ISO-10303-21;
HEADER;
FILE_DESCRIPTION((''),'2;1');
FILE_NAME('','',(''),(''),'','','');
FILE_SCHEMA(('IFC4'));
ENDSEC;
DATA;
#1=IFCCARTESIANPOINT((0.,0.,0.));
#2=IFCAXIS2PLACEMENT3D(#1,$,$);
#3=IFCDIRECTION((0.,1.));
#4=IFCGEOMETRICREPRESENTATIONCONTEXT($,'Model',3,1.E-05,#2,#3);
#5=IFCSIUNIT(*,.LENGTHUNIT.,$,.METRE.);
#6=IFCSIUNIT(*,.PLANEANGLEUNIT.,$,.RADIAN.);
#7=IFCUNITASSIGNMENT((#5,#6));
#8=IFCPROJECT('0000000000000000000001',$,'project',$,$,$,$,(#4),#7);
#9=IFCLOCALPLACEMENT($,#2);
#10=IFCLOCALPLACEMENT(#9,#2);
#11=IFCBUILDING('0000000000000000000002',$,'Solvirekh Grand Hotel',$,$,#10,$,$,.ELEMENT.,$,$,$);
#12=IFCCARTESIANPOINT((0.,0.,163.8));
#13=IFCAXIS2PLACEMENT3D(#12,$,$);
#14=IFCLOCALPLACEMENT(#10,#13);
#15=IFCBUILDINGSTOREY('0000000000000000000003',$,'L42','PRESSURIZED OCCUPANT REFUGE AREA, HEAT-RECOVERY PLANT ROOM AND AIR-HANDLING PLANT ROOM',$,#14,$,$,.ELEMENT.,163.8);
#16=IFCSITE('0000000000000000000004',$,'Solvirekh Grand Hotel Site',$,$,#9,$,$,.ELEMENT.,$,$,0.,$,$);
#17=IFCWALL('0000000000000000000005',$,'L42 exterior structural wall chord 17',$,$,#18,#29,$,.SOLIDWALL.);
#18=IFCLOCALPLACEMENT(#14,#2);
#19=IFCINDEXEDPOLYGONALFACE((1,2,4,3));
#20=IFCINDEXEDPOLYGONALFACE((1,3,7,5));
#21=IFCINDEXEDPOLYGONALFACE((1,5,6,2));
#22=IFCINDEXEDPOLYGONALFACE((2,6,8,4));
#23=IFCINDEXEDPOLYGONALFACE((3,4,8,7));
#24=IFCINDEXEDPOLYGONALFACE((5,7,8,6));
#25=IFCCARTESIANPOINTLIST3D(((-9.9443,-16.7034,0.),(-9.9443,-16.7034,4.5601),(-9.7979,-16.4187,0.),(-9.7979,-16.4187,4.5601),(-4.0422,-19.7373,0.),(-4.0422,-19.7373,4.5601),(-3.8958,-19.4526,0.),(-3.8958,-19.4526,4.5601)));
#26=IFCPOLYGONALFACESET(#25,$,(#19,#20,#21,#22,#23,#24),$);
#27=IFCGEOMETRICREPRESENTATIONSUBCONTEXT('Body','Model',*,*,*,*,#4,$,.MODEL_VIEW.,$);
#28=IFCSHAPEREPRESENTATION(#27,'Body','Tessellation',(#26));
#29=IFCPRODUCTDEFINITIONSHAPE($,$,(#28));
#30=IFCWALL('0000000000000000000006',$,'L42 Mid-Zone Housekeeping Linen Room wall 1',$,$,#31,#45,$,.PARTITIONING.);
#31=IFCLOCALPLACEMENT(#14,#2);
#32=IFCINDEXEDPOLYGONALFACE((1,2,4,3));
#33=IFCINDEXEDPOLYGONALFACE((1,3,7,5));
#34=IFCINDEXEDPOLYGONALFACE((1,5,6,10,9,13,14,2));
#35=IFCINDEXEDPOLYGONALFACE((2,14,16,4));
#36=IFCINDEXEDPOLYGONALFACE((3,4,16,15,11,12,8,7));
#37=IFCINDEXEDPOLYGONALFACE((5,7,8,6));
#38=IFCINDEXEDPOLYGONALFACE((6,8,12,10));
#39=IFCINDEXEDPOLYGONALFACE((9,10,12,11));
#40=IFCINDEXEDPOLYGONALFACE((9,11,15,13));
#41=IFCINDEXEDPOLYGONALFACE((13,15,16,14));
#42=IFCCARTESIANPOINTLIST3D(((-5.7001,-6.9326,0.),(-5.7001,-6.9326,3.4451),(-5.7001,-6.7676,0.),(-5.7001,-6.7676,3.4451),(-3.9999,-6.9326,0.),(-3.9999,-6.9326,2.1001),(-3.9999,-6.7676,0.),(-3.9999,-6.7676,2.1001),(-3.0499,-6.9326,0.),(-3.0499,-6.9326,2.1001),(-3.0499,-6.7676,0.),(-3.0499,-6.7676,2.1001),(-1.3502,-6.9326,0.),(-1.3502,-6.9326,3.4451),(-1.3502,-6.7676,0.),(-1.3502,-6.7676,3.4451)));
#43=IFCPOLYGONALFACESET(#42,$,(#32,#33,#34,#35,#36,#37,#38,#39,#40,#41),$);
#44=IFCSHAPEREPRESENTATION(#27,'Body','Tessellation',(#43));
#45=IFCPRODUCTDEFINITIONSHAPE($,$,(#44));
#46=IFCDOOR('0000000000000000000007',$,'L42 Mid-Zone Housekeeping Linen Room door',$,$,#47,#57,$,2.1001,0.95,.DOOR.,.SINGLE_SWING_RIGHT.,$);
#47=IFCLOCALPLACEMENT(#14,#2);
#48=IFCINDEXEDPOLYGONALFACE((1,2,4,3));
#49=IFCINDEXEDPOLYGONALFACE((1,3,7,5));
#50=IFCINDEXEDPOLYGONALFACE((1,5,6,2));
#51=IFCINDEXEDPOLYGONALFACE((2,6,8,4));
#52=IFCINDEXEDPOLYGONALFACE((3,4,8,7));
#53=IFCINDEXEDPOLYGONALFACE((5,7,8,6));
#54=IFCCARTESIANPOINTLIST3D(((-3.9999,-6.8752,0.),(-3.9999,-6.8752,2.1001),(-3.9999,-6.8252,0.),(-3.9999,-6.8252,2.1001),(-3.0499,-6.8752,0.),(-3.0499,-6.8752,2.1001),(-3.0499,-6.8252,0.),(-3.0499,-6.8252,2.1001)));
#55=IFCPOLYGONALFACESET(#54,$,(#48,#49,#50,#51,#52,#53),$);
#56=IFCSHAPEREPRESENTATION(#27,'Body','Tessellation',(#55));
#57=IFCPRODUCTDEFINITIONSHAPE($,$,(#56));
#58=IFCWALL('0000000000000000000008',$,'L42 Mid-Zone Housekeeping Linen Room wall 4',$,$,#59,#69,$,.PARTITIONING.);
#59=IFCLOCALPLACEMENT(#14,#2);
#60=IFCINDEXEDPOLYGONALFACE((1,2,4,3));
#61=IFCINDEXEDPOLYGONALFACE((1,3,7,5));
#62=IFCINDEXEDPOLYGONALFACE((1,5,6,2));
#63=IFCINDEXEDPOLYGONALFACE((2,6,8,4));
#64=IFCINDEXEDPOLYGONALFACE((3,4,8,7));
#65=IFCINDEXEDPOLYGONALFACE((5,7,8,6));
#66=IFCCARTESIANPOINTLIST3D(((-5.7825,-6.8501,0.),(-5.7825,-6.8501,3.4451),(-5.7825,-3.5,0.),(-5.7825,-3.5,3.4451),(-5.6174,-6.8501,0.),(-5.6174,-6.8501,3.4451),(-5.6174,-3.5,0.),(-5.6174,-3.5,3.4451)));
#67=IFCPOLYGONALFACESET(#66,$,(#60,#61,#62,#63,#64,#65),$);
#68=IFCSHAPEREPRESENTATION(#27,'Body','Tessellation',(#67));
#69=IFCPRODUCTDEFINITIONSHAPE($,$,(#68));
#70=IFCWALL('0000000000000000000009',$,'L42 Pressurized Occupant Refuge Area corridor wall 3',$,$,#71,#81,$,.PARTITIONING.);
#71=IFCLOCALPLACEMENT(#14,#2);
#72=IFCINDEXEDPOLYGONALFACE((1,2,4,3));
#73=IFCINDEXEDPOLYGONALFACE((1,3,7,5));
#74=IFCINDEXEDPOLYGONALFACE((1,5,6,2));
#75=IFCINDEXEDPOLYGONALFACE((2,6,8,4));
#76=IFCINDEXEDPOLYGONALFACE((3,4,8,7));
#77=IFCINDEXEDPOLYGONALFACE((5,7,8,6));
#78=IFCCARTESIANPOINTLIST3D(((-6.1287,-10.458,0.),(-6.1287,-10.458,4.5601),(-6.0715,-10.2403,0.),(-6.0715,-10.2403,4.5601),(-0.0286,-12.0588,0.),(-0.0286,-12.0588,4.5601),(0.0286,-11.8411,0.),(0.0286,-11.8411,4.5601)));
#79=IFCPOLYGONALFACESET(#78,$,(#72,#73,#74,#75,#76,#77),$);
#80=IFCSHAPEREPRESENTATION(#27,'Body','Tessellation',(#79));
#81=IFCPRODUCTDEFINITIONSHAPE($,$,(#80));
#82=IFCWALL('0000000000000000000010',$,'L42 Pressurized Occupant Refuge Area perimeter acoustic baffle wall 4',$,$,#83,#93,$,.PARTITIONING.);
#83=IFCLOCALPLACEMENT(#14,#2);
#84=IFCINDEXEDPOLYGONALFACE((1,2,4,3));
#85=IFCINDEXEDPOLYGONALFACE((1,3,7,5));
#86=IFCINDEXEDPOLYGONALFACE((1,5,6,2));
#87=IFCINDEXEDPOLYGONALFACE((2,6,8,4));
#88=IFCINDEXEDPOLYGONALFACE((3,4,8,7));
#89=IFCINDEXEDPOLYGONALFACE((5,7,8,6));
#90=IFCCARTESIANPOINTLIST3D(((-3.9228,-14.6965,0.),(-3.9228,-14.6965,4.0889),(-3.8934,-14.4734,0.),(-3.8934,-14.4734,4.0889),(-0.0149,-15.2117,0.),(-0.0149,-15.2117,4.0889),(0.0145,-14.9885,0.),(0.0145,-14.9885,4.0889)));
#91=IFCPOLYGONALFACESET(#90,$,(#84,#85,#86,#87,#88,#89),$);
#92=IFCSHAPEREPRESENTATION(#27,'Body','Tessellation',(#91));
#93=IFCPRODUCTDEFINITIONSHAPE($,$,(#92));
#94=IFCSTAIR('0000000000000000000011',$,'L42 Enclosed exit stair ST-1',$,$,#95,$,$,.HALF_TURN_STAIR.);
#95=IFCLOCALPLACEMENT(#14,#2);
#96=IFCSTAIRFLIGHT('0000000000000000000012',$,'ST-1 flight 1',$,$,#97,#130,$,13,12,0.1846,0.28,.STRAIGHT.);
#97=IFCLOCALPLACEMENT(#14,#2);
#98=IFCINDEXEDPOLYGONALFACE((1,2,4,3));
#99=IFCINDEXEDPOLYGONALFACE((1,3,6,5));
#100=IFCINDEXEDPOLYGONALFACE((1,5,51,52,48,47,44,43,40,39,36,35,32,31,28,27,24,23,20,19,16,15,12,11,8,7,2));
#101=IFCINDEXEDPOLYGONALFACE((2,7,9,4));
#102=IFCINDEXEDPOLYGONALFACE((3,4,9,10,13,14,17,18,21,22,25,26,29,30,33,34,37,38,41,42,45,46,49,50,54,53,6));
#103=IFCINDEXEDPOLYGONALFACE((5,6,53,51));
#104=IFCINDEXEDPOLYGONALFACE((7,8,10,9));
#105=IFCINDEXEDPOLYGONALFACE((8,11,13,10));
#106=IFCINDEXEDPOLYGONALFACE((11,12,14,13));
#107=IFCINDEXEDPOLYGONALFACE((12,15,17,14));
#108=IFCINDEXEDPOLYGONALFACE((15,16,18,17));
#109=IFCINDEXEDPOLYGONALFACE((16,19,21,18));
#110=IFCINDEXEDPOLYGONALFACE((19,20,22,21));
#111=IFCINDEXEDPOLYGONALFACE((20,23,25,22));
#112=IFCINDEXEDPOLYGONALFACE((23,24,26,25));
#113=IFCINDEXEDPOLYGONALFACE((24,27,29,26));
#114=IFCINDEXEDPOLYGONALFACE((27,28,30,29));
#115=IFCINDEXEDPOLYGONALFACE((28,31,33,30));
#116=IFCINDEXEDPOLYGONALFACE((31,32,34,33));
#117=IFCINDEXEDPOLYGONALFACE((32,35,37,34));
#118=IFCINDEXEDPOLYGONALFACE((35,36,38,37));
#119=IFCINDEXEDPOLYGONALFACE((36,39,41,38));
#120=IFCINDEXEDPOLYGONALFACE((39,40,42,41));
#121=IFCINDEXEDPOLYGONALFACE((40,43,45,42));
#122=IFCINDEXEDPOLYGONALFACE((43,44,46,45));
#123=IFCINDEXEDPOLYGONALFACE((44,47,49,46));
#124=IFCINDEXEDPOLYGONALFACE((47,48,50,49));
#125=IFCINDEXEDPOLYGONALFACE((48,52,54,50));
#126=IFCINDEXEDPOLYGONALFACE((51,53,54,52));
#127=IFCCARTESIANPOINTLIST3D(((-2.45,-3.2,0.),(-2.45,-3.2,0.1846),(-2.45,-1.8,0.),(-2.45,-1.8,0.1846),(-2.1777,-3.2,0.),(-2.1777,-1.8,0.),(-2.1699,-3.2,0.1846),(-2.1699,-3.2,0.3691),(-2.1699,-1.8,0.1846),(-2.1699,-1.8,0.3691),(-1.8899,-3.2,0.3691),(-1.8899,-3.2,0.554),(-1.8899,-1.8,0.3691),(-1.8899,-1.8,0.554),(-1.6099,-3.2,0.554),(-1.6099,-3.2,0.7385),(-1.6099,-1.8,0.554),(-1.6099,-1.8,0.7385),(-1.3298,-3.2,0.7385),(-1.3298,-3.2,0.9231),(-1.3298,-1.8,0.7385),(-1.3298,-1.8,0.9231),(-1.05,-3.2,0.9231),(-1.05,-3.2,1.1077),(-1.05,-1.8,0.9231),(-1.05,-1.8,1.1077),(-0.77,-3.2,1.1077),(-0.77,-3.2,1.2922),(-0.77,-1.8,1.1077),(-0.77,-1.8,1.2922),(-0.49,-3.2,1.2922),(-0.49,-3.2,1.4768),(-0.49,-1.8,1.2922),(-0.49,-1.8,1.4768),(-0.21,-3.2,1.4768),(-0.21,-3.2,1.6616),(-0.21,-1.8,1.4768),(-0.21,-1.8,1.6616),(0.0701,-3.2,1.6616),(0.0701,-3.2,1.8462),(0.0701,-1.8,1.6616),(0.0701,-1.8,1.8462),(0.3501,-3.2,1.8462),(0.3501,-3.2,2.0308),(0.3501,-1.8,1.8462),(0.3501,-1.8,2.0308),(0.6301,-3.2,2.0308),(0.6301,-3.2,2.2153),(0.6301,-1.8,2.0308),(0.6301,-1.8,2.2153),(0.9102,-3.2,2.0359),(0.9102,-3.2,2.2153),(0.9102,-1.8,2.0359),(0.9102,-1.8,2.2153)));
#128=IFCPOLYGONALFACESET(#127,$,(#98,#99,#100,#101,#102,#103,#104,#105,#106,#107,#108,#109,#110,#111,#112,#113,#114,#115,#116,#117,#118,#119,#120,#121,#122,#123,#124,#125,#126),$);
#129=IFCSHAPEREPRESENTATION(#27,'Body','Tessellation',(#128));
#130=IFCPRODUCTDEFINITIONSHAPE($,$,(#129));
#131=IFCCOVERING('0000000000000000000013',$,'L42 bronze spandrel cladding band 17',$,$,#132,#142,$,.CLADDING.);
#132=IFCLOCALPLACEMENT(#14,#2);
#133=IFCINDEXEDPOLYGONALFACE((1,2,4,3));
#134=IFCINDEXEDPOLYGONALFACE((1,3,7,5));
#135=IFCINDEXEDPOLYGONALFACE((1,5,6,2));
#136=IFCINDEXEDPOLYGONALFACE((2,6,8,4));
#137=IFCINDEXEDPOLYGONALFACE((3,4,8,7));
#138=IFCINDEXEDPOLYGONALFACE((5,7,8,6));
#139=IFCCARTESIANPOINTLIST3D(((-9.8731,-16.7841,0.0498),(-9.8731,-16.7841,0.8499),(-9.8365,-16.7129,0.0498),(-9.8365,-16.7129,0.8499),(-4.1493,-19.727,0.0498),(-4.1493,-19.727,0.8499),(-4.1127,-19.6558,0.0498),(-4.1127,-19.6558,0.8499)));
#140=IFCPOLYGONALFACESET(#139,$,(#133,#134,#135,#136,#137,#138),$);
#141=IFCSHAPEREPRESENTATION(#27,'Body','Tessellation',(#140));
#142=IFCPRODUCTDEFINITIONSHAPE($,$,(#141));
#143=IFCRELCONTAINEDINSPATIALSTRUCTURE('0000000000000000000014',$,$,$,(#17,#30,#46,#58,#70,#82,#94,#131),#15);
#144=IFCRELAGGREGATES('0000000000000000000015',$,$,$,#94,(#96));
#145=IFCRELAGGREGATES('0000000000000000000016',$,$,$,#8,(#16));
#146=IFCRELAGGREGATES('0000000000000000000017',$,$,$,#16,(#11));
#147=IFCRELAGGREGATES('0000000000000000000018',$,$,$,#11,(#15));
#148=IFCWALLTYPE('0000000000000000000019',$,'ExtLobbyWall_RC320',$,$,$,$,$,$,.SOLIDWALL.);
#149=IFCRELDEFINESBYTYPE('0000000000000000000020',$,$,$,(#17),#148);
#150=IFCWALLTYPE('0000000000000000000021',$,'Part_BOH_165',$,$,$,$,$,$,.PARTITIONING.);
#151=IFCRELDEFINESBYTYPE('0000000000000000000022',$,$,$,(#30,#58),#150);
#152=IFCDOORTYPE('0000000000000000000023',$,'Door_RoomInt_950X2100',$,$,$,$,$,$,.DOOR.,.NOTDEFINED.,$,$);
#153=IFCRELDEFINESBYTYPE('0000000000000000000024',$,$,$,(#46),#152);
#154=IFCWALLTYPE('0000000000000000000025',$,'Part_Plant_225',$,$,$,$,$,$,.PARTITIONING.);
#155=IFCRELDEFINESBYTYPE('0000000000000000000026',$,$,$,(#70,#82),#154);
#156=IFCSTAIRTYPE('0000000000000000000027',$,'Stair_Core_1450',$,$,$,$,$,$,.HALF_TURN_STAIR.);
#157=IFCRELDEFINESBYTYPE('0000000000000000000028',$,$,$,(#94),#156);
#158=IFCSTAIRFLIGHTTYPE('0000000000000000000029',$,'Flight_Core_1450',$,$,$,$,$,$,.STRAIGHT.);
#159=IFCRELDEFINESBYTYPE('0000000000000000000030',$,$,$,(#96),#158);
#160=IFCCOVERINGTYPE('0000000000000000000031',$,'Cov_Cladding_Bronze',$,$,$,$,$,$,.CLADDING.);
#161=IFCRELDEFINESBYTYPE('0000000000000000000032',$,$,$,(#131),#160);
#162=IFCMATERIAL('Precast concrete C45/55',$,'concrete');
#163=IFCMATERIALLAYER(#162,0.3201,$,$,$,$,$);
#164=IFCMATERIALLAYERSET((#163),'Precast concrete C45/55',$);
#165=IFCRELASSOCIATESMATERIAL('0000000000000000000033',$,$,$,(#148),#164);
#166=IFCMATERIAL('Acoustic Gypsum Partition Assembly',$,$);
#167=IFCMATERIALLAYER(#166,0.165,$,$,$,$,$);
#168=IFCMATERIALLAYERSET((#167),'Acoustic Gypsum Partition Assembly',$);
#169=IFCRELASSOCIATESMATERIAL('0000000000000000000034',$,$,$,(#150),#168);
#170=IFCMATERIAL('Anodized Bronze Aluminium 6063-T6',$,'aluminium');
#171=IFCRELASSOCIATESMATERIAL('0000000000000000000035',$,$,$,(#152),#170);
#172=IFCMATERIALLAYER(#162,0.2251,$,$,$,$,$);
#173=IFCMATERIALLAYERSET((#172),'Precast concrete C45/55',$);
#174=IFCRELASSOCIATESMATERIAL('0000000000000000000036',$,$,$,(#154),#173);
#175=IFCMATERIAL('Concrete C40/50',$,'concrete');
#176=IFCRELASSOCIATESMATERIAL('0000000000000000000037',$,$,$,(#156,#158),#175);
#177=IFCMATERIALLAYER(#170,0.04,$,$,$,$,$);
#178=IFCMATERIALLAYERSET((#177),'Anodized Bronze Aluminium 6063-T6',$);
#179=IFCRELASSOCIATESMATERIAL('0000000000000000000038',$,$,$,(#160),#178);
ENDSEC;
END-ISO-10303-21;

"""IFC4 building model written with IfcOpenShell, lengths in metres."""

from ifc_helpers import new_model, si_unit, direction, frame, frame_2d, origin, origin_2d, place, context, subcontext, project, spatial, polyline, rectangle, outline, extrude, material, layer, layer_set, type_object, element, fill, aggregate, save


model = new_model("IFC4")

# Units and contexts
model_context = context("Model", 3, precision=1e-05, world=origin(), true_north=direction((0.0, 1.0)))
body_context = subcontext(model_context, "Body", "Model", "MODEL_VIEW")
ifc_project = project(units=[si_unit("LENGTHUNIT", "METRE"), si_unit("PLANEANGLEUNIT", "RADIAN")], contexts=[model_context])

# Site, building, storey
site_placement = place(None, origin())
site = spatial("IfcSite", under=ifc_project, at=site_placement, Name="Solvirekh Grand Hotel Site", CompositionType="ELEMENT", RefElevation=0.0)
building_placement = place(site_placement, origin())
building = spatial("IfcBuilding", under=site, at=building_placement, Name="Solvirekh Grand Hotel", CompositionType="ELEMENT")
storey_placement = place(building_placement, frame((0.0, 0.0, 163.8)))
storey = spatial("IfcBuildingStorey", under=building, at=storey_placement, Name="L42", Description="PRESSURIZED OCCUPANT REFUGE AREA, HEAT-RECOVERY PLANT ROOM AND AIR-HANDLING PLANT ROOM", CompositionType="ELEMENT", Elevation=163.8)

# Shared definitions
ifc_material_1 = material(Name="Concrete C40/50", Category="concrete")

# Wall
ifc_material_2 = material(Name="Precast concrete C45/55", Category="concrete")
ifc_layer_1 = layer(ifc_material_2, 0.3201)
ifc_layer_set_1 = layer_set([ifc_layer_1], Name="Precast concrete C45/55")
wall_type_1 = type_object("IfcWallType", Name="ExtLobbyWall_RC320", PredefinedType="SOLIDWALL", material=ifc_layer_set_1)
wall_1_placement = place(storey_placement, frame((-3.969, -19.595, 0.0), z_axis=(0.0, 0.0, 1.0), x_axis=(-0.889375, 0.457178, 0.0)))
element("IfcWall", 1, at=wall_1_placement, inside=storey, type_object=wall_type_1, Name="L42 exterior structural wall chord 17", PredefinedType="SOLIDWALL", context=body_context, shape_type="SweptSolid", body=[
    extrude(rectangle(XDim=6.6362, YDim=0.3201, at=frame_2d((3.3181, 0.0))), origin(), (0.0, 0.0, 1.0), 4.5601),
])

# Wall, opening, door
ifc_material_3 = material(Name="Acoustic Gypsum Partition Assembly")
ifc_layer_2 = layer(ifc_material_3, 0.165)
ifc_layer_set_2 = layer_set([ifc_layer_2], Name="Acoustic Gypsum Partition Assembly")
wall_type_2 = type_object("IfcWallType", Name="Part_BOH_165", PredefinedType="PARTITIONING", material=ifc_layer_set_2)
wall_2_placement = place(storey_placement, frame((-5.7, -6.8501, 0.0), z_axis=(0.0, 0.0, 1.0), x_axis=(1.0, 0.0, 0.0)))
wall_2 = element("IfcWall", 2, at=wall_2_placement, inside=storey, type_object=wall_type_2, Name="L42 Mid-Zone Housekeeping Linen Room wall 1", PredefinedType="PARTITIONING", context=body_context, shape_type="SweptSolid", body=[
    extrude(rectangle(XDim=4.3499, YDim=0.165, at=frame_2d((2.1748, 0.0))), origin(), (0.0, 0.0, 1.0), 3.4451),
])
opening_1_placement = place(wall_2_placement, frame((1.7, 0.0, 0.0)))
opening_1 = element("IfcOpeningElement", 3, at=opening_1_placement, cuts=wall_2, PredefinedType="OPENING", context=body_context, shape_type="SweptSolid", body=[
    extrude(rectangle(XDim=0.95, YDim=2.1001, at=frame_2d((0.4751, 1.05))), frame((0.0, 0.0925, 0.0), z_axis=(0.0, -1.0, 0.0), x_axis=(1.0, 0.0, 0.0)), (0.0, 0.0, 1.0), 0.1851),
])
ifc_material_4 = material(Name="Anodized Bronze Aluminium 6063-T6", Category="aluminium")
door_type_1 = type_object("IfcDoorType", Name="Door_RoomInt_950X2100", OperationType="NOTDEFINED", PredefinedType="DOOR", material=ifc_material_4)
door_1_placement = place(opening_1_placement, origin())
door_1 = element("IfcDoor", 4, at=door_1_placement, inside=storey, type_object=door_type_1, Name="L42 Mid-Zone Housekeeping Linen Room door", OperationType="SINGLE_SWING_RIGHT", OverallHeight=2.1001, OverallWidth=0.95, PredefinedType="DOOR", context=body_context, shape_type="SweptSolid", body=[
    extrude(rectangle(XDim=0.95, YDim=2.1001, at=frame_2d((0.4751, 1.05))), frame((0.0, 0.0249, 0.0), z_axis=(0.0, -1.0, 0.0), x_axis=(1.0, 0.0, 0.0)), (0.0, 0.0, 1.0), 0.05),
])
fill(opening_1, door_1)

# Walls
wall_3_placement = place(storey_placement, frame((-5.7, -3.5, 0.0), z_axis=(0.0, 0.0, 1.0), x_axis=(0.0, -1.0, 0.0)))
element("IfcWall", 5, at=wall_3_placement, inside=storey, type_object=wall_type_2, Name="L42 Mid-Zone Housekeeping Linen Room wall 4", PredefinedType="PARTITIONING", context=body_context, shape_type="SweptSolid", body=[
    extrude(rectangle(XDim=3.3501, YDim=0.165, at=frame_2d((1.675, 0.0))), origin(), (0.0, 0.0, 1.0), 3.4451),
])
ifc_layer_3 = layer(ifc_material_2, 0.2251)
ifc_layer_set_3 = layer_set([ifc_layer_3], Name="Precast concrete C45/55")
wall_type_3 = type_object("IfcWallType", Name="Part_Plant_225", PredefinedType="PARTITIONING", material=ifc_layer_set_3)
wall_4_placement = place(storey_placement, frame((-6.1001, -10.3491, 0.0), z_axis=(0.0, 0.0, 1.0), x_axis=(0.967248, -0.253832, 0.0)))
element("IfcWall", 6, at=wall_4_placement, inside=storey, type_object=wall_type_3, Name="L42 Pressurized Occupant Refuge Area corridor wall 3", PredefinedType="PARTITIONING", context=body_context, shape_type="SweptSolid", body=[
    extrude(rectangle(XDim=6.3066, YDim=0.2251, at=frame_2d((3.1533, 0.0))), origin(), (0.0, 0.0, 1.0), 4.5601),
])
wall_5_placement = place(storey_placement, frame((-3.908, -14.585, 0.0), z_axis=(0.0, 0.0, 1.0), x_axis=(0.991424, -0.130687, 0.0)))
element("IfcWall", 7, at=wall_5_placement, inside=storey, type_object=wall_type_3, Name="L42 Pressurized Occupant Refuge Area perimeter acoustic baffle wall 4", PredefinedType="PARTITIONING", context=body_context, shape_type="SweptSolid", body=[
    extrude(rectangle(XDim=3.9417, YDim=0.2251, at=frame_2d((1.9707, 0.0))), origin(), (0.0, 0.0, 1.0), 4.0889),
])

# Stair, stair flight
stair_type = type_object("IfcStairType", Name="Stair_Core_1450", PredefinedType="HALF_TURN_STAIR", material=ifc_material_1)
stair_placement = place(storey_placement, origin())
stair = element("IfcStair", 8, at=stair_placement, inside=storey, type_object=stair_type, Name="L42 Enclosed exit stair ST-1", PredefinedType="HALF_TURN_STAIR")
stair_flight_type = type_object("IfcStairFlightType", Name="Flight_Core_1450", PredefinedType="STRAIGHT", material=ifc_material_1)
stair_flight_placement = place(storey_placement, frame((-2.45, -2.5, 0.0), z_axis=(0.0, 0.0, 1.0), x_axis=(1.0, 0.0, 0.0)))
stair_flight = element("IfcStairFlight", 9, at=stair_flight_placement, type_object=stair_flight_type, Name="ST-1 flight 1", NumberOfRisers=13, NumberOfTreads=12, PredefinedType="STRAIGHT", RiserHeight=0.1846, TreadLength=0.28, context=body_context, shape_type="SweptSolid", body=[
    extrude(outline(polyline([(0.0, 0.0), (0.0, 0.1846), (0.28, 0.1846), (0.28, 0.3691), (0.5601, 0.3691), (0.5601, 0.554), (0.8401, 0.554), (0.8401, 0.7385), (1.1201, 0.7385), (1.1201, 0.9231), (1.3999, 0.9231), (1.3999, 1.1077), (1.6799, 1.1077), (1.6799, 1.2922), (1.96, 1.2922), (1.96, 1.4768), (2.24, 1.4768), (2.24, 1.6616), (2.52, 1.6616), (2.52, 1.8462), (2.8, 1.8462), (2.8, 2.0308), (3.0801, 2.0308), (3.0801, 2.2153), (3.3601, 2.2153), (3.3601, 2.3999), (3.3601, 2.0359), (0.2722, 0.0), (0.0, 0.0)])), frame((0.0, 0.7, 0.0), z_axis=(0.0, -1.0, 0.0), x_axis=(1.0, 0.0, 0.0)), (0.0, 0.0, 1.0), 1.3999),
])
aggregate(stair, [stair_flight])

# Covering
ifc_layer_4 = layer(ifc_material_4, 0.04)
ifc_layer_set_4 = layer_set([ifc_layer_4], Name="Anodized Bronze Aluminium 6063-T6")
covering_type = type_object("IfcCoveringType", Name="Cov_Cladding_Bronze", PredefinedType="CLADDING", material=ifc_layer_set_4)
covering_placement = place(storey_placement, frame((-6.9929, -18.22, 0.0498), z_axis=(0.0, 0.0, 1.0), x_axis=(-0.889337, 0.457253, 0.0)))
element("IfcCovering", 10, at=covering_placement, inside=storey, type_object=covering_type, Name="L42 bronze spandrel cladding band 17", PredefinedType="CLADDING", context=body_context, shape_type="SweptSolid", body=[
    extrude(rectangle(XDim=6.436, YDim=0.0801, at=origin_2d()), origin(), (0.0, 0.0, 1.0), 0.8),
])

save(model, "model.ifc")
